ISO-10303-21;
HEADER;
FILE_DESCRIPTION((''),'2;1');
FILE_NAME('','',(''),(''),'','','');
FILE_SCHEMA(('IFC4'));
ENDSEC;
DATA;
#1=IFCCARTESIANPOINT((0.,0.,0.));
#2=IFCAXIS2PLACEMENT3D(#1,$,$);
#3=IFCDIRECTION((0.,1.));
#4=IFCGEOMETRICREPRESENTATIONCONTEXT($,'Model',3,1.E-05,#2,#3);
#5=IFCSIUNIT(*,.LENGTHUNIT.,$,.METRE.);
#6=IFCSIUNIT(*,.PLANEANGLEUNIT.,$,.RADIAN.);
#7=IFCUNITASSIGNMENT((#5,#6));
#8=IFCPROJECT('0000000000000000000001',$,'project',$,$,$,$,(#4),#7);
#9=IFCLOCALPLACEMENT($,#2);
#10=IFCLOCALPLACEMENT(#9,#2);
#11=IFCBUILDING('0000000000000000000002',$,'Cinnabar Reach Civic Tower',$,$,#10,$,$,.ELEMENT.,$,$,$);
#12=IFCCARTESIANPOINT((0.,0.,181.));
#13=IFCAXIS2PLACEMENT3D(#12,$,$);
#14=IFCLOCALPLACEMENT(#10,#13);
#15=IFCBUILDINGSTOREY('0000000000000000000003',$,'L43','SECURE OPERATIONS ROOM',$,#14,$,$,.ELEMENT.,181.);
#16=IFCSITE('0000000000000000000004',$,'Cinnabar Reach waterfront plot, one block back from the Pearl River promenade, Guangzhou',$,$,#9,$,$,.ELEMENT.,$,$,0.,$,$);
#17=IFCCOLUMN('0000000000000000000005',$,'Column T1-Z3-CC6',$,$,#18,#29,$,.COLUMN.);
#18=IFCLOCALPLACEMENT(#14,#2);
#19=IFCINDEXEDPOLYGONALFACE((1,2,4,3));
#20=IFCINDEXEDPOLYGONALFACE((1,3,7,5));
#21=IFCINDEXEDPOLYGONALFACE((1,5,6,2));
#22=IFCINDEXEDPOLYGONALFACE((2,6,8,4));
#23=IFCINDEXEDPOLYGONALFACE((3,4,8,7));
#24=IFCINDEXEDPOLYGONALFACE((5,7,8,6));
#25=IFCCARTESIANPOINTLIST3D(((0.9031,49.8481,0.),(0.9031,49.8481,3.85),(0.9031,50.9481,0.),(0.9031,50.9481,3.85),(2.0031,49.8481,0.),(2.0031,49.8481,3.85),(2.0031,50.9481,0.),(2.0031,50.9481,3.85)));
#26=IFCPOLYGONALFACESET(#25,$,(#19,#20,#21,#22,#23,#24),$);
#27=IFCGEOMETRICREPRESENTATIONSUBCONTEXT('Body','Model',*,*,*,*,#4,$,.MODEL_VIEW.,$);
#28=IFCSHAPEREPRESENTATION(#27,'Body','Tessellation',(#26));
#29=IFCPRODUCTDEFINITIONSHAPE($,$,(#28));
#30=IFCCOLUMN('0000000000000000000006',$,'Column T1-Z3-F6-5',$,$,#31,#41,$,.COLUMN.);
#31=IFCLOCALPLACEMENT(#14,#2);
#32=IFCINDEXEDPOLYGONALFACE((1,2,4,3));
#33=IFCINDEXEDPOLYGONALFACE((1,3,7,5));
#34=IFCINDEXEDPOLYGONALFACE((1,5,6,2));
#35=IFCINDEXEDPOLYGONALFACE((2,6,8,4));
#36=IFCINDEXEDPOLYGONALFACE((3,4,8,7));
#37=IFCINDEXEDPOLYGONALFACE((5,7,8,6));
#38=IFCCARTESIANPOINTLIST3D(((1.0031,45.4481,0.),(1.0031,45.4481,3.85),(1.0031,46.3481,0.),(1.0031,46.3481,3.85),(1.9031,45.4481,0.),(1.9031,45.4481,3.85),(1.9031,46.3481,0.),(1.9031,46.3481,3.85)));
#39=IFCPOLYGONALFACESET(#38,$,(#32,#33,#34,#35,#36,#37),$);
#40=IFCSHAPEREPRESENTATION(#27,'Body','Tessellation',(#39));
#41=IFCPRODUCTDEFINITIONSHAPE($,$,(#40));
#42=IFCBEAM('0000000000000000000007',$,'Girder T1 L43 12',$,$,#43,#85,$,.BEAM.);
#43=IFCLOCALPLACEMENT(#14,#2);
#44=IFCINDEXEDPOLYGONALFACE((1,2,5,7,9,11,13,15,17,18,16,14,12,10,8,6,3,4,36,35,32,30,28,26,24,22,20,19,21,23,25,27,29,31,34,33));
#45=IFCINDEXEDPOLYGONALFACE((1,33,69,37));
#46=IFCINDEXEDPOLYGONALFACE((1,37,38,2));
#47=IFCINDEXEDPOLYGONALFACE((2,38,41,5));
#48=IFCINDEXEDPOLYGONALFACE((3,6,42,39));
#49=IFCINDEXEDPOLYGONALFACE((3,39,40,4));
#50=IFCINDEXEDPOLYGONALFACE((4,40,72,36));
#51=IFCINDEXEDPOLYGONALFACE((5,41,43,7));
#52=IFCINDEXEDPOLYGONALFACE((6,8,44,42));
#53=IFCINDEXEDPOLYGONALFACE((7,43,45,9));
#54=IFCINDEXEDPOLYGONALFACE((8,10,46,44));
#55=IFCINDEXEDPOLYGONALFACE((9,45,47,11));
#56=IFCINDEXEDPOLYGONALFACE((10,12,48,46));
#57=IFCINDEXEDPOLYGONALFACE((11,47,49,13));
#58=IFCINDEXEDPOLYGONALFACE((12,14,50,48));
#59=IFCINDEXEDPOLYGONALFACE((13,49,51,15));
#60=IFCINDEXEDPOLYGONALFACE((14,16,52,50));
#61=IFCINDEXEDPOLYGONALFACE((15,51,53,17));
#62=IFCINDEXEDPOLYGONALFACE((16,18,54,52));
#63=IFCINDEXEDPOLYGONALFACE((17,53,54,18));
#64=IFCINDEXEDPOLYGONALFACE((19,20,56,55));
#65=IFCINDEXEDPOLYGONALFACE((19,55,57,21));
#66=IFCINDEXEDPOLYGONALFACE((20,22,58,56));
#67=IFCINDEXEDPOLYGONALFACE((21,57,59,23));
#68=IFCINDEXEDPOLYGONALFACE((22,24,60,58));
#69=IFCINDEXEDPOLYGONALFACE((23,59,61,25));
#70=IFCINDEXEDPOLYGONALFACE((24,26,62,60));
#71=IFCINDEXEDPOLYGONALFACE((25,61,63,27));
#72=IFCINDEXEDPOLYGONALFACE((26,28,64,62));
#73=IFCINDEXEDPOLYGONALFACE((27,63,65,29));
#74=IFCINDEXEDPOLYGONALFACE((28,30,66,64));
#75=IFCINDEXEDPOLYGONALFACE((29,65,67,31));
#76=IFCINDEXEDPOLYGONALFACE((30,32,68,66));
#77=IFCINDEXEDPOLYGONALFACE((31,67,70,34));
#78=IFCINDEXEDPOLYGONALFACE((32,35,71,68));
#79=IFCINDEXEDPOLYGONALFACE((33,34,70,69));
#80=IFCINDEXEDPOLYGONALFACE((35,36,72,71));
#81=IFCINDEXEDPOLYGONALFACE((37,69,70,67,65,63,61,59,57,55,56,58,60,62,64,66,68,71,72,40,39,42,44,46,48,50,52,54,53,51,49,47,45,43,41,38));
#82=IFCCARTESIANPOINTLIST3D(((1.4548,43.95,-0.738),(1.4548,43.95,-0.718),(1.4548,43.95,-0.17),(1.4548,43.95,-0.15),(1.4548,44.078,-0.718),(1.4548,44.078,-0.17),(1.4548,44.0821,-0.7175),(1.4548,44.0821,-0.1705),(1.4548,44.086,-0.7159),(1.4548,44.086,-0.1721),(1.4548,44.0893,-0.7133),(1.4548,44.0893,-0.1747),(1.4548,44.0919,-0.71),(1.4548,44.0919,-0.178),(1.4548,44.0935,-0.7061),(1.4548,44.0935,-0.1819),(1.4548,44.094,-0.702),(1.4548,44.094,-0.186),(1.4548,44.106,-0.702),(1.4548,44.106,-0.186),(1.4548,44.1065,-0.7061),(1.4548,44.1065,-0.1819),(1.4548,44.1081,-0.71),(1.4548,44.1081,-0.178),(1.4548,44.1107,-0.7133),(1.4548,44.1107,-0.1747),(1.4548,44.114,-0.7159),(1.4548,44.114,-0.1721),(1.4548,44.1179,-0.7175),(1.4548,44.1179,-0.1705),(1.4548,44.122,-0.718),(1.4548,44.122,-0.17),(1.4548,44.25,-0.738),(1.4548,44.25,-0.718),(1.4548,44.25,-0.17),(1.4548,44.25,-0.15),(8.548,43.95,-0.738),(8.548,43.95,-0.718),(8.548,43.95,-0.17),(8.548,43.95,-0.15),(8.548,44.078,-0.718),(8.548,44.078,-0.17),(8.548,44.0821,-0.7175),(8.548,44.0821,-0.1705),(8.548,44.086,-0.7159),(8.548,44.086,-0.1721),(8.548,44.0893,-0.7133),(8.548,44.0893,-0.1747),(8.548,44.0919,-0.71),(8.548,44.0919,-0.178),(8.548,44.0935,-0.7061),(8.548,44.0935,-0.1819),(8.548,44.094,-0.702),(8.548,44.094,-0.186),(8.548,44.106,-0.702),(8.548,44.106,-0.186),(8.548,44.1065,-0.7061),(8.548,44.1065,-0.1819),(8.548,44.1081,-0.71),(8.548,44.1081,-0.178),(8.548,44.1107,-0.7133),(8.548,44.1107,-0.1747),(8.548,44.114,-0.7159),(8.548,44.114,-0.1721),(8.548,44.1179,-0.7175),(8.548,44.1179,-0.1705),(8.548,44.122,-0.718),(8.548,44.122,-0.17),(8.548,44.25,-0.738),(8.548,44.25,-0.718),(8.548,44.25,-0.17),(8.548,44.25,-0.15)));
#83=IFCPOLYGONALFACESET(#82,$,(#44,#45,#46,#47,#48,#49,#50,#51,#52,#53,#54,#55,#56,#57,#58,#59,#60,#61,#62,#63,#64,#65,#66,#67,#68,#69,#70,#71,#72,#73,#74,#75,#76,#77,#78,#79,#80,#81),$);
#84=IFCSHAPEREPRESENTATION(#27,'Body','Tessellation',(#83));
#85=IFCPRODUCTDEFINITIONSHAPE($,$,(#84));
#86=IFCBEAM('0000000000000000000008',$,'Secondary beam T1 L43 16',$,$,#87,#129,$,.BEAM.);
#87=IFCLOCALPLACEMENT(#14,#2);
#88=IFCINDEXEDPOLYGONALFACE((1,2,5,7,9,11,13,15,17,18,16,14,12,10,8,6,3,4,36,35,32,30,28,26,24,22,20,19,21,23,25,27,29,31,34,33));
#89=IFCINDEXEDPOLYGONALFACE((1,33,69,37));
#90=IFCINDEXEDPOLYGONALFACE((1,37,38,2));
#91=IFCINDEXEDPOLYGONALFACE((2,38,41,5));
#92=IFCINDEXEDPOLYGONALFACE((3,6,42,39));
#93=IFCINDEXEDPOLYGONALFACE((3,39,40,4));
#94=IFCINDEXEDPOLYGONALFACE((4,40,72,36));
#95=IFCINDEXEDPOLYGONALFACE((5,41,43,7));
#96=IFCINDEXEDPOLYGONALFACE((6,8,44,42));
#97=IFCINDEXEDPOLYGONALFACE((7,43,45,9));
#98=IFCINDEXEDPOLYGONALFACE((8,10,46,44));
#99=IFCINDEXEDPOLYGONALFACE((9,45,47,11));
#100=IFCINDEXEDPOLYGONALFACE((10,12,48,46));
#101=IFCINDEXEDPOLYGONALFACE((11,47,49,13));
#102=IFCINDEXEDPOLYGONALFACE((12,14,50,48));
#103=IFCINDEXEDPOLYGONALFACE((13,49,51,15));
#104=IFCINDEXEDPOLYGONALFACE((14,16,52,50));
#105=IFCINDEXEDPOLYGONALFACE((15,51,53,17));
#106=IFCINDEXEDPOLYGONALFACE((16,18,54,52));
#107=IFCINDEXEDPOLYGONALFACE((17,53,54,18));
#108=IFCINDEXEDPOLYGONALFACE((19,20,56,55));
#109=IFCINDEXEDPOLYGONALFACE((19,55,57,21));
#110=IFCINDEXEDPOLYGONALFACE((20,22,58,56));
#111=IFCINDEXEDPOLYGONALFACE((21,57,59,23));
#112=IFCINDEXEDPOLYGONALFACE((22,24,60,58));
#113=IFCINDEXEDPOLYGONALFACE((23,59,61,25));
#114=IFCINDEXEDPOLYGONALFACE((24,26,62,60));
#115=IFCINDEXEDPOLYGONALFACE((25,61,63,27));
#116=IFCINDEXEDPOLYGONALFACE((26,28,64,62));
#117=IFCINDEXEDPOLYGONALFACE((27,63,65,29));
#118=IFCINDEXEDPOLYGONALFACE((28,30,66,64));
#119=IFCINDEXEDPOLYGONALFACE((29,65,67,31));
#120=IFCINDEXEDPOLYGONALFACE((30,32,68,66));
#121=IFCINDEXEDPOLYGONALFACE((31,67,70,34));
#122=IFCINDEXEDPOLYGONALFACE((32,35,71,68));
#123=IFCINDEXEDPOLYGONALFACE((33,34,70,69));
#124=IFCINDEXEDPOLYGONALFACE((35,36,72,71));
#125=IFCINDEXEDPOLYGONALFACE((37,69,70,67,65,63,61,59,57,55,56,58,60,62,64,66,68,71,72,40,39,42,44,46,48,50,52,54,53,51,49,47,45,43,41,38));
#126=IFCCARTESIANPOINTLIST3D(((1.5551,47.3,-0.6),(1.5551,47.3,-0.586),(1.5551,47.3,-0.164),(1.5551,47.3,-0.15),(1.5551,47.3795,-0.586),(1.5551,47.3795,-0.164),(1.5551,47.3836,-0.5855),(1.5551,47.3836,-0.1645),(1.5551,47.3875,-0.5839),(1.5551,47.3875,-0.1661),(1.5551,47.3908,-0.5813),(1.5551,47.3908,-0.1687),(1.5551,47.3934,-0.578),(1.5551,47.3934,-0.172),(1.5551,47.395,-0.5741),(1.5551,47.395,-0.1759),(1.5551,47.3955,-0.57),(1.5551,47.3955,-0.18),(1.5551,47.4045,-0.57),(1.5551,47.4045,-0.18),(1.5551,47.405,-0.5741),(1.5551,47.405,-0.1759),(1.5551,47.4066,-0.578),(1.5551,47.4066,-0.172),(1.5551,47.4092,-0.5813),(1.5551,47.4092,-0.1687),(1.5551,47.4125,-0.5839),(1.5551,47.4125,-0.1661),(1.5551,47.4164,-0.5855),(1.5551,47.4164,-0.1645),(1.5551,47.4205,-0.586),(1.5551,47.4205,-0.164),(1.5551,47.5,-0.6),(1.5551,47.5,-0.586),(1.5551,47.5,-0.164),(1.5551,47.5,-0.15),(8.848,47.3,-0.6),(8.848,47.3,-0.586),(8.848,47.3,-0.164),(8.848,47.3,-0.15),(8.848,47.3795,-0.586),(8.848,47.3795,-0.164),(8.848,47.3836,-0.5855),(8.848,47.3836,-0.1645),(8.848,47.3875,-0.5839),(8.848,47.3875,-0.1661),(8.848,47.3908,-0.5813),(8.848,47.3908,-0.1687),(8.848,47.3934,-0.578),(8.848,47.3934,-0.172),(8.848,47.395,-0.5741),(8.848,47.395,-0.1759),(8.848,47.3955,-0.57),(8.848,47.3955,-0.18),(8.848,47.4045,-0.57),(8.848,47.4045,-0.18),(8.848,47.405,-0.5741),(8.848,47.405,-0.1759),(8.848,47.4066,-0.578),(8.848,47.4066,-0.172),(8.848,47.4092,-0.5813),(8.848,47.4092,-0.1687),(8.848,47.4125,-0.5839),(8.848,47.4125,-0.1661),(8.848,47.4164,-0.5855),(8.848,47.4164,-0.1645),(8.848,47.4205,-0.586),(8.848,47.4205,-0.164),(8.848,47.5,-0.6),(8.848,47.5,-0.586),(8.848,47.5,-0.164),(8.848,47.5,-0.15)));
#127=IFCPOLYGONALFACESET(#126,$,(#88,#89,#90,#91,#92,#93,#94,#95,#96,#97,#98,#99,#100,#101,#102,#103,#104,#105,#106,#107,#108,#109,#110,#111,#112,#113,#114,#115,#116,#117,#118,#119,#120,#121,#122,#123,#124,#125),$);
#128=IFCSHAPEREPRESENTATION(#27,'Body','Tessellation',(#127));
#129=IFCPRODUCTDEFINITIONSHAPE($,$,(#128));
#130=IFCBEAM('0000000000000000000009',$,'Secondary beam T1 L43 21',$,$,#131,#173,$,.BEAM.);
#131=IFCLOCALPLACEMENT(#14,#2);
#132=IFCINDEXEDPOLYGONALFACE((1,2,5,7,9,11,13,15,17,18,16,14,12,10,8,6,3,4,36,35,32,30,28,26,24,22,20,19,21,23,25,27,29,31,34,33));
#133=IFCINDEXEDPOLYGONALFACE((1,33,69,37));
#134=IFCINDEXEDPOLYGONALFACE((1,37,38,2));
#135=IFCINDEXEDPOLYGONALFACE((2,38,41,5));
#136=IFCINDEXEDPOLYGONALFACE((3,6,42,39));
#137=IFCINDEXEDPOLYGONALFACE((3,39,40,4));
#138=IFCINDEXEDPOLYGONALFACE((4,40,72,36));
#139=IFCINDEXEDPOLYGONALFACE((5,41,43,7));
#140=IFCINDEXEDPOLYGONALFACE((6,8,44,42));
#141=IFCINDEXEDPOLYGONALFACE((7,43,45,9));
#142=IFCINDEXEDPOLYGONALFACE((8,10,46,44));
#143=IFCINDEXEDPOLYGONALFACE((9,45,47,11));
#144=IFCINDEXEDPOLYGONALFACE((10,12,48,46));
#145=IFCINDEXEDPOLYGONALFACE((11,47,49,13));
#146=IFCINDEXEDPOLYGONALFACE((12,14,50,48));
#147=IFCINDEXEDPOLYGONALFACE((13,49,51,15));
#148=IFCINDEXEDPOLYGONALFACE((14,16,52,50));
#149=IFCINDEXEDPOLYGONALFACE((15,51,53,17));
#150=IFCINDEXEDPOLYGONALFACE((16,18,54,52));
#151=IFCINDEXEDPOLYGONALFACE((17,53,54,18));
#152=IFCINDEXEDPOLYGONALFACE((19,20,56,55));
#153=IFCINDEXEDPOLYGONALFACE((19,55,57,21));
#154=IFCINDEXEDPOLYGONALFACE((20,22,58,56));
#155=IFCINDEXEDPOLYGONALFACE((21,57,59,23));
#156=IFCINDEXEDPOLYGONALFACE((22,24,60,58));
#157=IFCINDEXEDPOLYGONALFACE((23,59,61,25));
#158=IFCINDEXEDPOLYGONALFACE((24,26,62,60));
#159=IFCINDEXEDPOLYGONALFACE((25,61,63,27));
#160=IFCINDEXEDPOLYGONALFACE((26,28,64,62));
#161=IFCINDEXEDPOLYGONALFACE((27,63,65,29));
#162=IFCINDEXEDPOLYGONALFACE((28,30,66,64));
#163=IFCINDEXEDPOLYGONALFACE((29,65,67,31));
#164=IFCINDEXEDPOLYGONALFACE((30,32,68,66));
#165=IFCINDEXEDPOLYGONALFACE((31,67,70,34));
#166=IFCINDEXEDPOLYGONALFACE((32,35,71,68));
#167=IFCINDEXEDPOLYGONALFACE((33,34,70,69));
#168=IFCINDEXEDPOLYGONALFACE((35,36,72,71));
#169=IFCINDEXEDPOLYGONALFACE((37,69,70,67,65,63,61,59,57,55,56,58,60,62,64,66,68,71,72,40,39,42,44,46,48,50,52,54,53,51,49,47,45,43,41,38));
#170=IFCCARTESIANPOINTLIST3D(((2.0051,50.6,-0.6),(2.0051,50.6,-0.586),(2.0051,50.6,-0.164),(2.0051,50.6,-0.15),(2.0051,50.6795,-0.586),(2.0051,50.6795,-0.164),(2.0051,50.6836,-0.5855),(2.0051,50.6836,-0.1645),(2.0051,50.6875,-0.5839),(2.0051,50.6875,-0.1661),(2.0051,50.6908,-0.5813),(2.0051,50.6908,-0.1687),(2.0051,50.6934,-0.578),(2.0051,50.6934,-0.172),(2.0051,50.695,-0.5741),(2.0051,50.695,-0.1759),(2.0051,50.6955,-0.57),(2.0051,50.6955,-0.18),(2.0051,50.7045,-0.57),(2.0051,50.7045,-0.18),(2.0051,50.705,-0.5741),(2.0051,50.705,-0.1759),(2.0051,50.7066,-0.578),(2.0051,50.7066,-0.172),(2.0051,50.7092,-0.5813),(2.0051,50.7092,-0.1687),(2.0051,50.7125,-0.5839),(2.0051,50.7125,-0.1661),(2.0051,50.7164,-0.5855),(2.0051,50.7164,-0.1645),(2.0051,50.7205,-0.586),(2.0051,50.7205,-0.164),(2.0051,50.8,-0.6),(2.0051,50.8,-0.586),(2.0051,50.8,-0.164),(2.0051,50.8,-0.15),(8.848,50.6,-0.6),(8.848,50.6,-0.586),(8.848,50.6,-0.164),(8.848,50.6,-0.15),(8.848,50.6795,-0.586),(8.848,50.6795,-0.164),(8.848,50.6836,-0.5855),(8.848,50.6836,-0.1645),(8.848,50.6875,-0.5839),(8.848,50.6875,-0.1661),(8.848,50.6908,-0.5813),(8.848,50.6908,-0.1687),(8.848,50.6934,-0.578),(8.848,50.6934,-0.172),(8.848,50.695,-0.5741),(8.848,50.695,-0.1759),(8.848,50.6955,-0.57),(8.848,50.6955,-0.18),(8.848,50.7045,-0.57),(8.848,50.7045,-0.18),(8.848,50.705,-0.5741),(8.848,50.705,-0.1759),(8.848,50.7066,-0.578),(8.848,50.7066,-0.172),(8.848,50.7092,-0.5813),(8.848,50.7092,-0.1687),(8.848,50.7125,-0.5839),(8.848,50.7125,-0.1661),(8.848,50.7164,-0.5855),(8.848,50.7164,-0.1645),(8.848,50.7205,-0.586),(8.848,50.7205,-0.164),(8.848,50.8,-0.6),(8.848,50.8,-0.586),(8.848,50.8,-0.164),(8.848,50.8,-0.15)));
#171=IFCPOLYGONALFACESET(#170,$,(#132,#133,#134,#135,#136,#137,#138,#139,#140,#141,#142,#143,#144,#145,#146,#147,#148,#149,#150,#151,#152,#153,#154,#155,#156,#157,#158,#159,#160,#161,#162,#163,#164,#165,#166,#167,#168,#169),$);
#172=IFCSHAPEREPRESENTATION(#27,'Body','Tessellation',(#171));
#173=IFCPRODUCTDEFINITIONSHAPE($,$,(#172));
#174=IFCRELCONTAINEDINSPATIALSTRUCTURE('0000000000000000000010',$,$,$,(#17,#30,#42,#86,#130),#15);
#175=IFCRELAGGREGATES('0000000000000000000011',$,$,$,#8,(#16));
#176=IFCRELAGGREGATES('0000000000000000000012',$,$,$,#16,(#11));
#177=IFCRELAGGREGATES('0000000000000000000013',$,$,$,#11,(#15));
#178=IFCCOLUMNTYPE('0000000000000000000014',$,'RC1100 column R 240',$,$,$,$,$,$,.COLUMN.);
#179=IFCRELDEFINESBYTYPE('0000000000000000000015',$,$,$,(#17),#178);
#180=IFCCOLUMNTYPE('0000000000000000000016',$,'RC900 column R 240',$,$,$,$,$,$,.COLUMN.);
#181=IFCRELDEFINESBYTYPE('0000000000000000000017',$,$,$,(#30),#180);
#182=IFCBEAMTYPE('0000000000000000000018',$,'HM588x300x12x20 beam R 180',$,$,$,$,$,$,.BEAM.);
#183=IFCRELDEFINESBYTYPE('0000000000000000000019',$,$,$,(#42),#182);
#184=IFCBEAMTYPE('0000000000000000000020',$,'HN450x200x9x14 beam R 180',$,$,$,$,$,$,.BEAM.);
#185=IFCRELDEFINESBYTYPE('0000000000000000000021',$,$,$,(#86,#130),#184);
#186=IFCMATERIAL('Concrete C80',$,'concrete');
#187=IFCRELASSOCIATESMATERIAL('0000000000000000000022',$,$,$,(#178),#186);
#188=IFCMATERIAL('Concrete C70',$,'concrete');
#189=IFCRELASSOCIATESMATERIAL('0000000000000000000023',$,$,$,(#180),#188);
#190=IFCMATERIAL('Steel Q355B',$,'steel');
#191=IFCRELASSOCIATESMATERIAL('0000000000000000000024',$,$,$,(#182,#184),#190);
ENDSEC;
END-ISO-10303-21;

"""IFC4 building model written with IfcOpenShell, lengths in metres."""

from ifc_helpers import new_model, si_unit, direction, frame, origin, origin_2d, place, context, subcontext, project, spatial, rectangle, i_section, extrude, material, material_profile, profile_set, type_object, element, save


model = new_model("IFC4")

# Units and contexts
model_context = context("Model", 3, precision=1e-05, world=origin(), true_north=direction((0.0, 1.0)))
body_context = subcontext(model_context, "Body", "Model", "MODEL_VIEW")
ifc_project = project(units=[si_unit("LENGTHUNIT", "METRE"), si_unit("PLANEANGLEUNIT", "RADIAN")], contexts=[model_context])

# Site, building, storey
site_placement = place(None, origin())
site = spatial("IfcSite", under=ifc_project, at=site_placement, Name="Cinnabar Reach waterfront plot, one block back from the Pearl River promenade, Guangzhou", CompositionType="ELEMENT", RefElevation=0.0)
building_placement = place(site_placement, origin())
building = spatial("IfcBuilding", under=site, at=building_placement, Name="Cinnabar Reach Civic Tower", CompositionType="ELEMENT")
storey_placement = place(building_placement, frame((0.0, 0.0, 181.0)))
storey = spatial("IfcBuildingStorey", under=building, at=storey_placement, Name="L43", Description="SECURE OPERATIONS ROOM", CompositionType="ELEMENT", Elevation=181.0)

# Columns
ifc_material_1 = material(Name="Concrete C80", Category="concrete")
ifc_material_profile_1 = material_profile(ifc_material_1, rectangle(XDim=1.1, YDim=1.1, at=origin_2d()), Name="RC1100")
ifc_profile_set_1 = profile_set([ifc_material_profile_1], Name="Concrete C80")
column_type_1 = type_object("IfcColumnType", Name="RC1100 column R 240", PredefinedType="COLUMN", material=ifc_profile_set_1)
column_1_placement = place(storey_placement, frame((1.4531, 50.3981, 0.0), z_axis=(0.0, 0.0, 1.0), x_axis=(1.0, 0.0, 0.0)))
element("IfcColumn", 1, at=column_1_placement, inside=storey, type_object=column_type_1, Name="Column T1-Z3-CC6", PredefinedType="COLUMN", context=body_context, shape_type="SweptSolid", body=[
    extrude(rectangle(XDim=1.1, YDim=1.1, at=origin_2d()), origin(), (0.0, 0.0, 1.0), 3.85),
])
ifc_material_2 = material(Name="Concrete C70", Category="concrete")
ifc_material_profile_2 = material_profile(ifc_material_2, rectangle(XDim=0.9, YDim=0.9, at=origin_2d()), Name="RC900")
ifc_profile_set_2 = profile_set([ifc_material_profile_2], Name="Concrete C70")
column_type_2 = type_object("IfcColumnType", Name="RC900 column R 240", PredefinedType="COLUMN", material=ifc_profile_set_2)
column_2_placement = place(storey_placement, frame((1.4531, 45.8981, 0.0), z_axis=(0.0, 0.0, 1.0), x_axis=(1.0, 0.0, 0.0)))
element("IfcColumn", 2, at=column_2_placement, inside=storey, type_object=column_type_2, Name="Column T1-Z3-F6-5", PredefinedType="COLUMN", context=body_context, shape_type="SweptSolid", body=[
    extrude(rectangle(XDim=0.9, YDim=0.9, at=origin_2d()), origin(), (0.0, 0.0, 1.0), 3.85),
])

# Beams
ifc_material_3 = material(Name="Steel Q355B", Category="steel")
ifc_material_profile_3 = material_profile(ifc_material_3, i_section(OverallWidth=0.3, OverallDepth=0.588, WebThickness=0.012, FlangeThickness=0.02, FilletRadius=0.016, at=origin_2d()), Name="HM588x300x12x20")
ifc_profile_set_3 = profile_set([ifc_material_profile_3], Name="Steel Q355B")
beam_type_1 = type_object("IfcBeamType", Name="HM588x300x12x20 beam R 180", PredefinedType="BEAM", material=ifc_profile_set_3)
beam_1_placement = place(storey_placement, frame((1.4548, 44.1, -0.444), z_axis=(1.0, 0.0, 0.0), x_axis=(0.0, 1.0, 0.0)))
element("IfcBeam", 3, at=beam_1_placement, inside=storey, type_object=beam_type_1, Name="Girder T1 L43 12", PredefinedType="BEAM", context=body_context, shape_type="SweptSolid", body=[
    extrude(i_section(OverallWidth=0.3, OverallDepth=0.588, WebThickness=0.012, FlangeThickness=0.02, FilletRadius=0.016, at=origin_2d()), origin(), (0.0, 0.0, 1.0), 7.0932),
])
ifc_material_profile_4 = material_profile(ifc_material_3, i_section(OverallWidth=0.2, OverallDepth=0.45, WebThickness=0.009, FlangeThickness=0.014, FilletRadius=0.016, at=origin_2d()), Name="HN450x200x9x14")
ifc_profile_set_4 = profile_set([ifc_material_profile_4], Name="Steel Q355B")
beam_type_2 = type_object("IfcBeamType", Name="HN450x200x9x14 beam R 180", PredefinedType="BEAM", material=ifc_profile_set_4)
beam_2_placement = place(storey_placement, frame((1.5551, 47.4, -0.375), z_axis=(1.0, 0.0, 0.0), x_axis=(0.0, 1.0, 0.0)))
element("IfcBeam", 4, at=beam_2_placement, inside=storey, type_object=beam_type_2, Name="Secondary beam T1 L43 16", PredefinedType="BEAM", context=body_context, shape_type="SweptSolid", body=[
    extrude(i_section(OverallWidth=0.2, OverallDepth=0.45, WebThickness=0.009, FlangeThickness=0.014, FilletRadius=0.016, at=origin_2d()), origin(), (0.0, 0.0, 1.0), 7.2929),
])
beam_3_placement = place(storey_placement, frame((2.0051, 50.7, -0.375), z_axis=(1.0, 0.0, 0.0), x_axis=(0.0, 1.0, 0.0)))
element("IfcBeam", 5, at=beam_3_placement, inside=storey, type_object=beam_type_2, Name="Secondary beam T1 L43 21", PredefinedType="BEAM", context=body_context, shape_type="SweptSolid", body=[
    extrude(i_section(OverallWidth=0.2, OverallDepth=0.45, WebThickness=0.009, FlangeThickness=0.014, FilletRadius=0.016, at=origin_2d()), origin(), (0.0, 0.0, 1.0), 6.8429),
])

save(model, "model.ifc")
